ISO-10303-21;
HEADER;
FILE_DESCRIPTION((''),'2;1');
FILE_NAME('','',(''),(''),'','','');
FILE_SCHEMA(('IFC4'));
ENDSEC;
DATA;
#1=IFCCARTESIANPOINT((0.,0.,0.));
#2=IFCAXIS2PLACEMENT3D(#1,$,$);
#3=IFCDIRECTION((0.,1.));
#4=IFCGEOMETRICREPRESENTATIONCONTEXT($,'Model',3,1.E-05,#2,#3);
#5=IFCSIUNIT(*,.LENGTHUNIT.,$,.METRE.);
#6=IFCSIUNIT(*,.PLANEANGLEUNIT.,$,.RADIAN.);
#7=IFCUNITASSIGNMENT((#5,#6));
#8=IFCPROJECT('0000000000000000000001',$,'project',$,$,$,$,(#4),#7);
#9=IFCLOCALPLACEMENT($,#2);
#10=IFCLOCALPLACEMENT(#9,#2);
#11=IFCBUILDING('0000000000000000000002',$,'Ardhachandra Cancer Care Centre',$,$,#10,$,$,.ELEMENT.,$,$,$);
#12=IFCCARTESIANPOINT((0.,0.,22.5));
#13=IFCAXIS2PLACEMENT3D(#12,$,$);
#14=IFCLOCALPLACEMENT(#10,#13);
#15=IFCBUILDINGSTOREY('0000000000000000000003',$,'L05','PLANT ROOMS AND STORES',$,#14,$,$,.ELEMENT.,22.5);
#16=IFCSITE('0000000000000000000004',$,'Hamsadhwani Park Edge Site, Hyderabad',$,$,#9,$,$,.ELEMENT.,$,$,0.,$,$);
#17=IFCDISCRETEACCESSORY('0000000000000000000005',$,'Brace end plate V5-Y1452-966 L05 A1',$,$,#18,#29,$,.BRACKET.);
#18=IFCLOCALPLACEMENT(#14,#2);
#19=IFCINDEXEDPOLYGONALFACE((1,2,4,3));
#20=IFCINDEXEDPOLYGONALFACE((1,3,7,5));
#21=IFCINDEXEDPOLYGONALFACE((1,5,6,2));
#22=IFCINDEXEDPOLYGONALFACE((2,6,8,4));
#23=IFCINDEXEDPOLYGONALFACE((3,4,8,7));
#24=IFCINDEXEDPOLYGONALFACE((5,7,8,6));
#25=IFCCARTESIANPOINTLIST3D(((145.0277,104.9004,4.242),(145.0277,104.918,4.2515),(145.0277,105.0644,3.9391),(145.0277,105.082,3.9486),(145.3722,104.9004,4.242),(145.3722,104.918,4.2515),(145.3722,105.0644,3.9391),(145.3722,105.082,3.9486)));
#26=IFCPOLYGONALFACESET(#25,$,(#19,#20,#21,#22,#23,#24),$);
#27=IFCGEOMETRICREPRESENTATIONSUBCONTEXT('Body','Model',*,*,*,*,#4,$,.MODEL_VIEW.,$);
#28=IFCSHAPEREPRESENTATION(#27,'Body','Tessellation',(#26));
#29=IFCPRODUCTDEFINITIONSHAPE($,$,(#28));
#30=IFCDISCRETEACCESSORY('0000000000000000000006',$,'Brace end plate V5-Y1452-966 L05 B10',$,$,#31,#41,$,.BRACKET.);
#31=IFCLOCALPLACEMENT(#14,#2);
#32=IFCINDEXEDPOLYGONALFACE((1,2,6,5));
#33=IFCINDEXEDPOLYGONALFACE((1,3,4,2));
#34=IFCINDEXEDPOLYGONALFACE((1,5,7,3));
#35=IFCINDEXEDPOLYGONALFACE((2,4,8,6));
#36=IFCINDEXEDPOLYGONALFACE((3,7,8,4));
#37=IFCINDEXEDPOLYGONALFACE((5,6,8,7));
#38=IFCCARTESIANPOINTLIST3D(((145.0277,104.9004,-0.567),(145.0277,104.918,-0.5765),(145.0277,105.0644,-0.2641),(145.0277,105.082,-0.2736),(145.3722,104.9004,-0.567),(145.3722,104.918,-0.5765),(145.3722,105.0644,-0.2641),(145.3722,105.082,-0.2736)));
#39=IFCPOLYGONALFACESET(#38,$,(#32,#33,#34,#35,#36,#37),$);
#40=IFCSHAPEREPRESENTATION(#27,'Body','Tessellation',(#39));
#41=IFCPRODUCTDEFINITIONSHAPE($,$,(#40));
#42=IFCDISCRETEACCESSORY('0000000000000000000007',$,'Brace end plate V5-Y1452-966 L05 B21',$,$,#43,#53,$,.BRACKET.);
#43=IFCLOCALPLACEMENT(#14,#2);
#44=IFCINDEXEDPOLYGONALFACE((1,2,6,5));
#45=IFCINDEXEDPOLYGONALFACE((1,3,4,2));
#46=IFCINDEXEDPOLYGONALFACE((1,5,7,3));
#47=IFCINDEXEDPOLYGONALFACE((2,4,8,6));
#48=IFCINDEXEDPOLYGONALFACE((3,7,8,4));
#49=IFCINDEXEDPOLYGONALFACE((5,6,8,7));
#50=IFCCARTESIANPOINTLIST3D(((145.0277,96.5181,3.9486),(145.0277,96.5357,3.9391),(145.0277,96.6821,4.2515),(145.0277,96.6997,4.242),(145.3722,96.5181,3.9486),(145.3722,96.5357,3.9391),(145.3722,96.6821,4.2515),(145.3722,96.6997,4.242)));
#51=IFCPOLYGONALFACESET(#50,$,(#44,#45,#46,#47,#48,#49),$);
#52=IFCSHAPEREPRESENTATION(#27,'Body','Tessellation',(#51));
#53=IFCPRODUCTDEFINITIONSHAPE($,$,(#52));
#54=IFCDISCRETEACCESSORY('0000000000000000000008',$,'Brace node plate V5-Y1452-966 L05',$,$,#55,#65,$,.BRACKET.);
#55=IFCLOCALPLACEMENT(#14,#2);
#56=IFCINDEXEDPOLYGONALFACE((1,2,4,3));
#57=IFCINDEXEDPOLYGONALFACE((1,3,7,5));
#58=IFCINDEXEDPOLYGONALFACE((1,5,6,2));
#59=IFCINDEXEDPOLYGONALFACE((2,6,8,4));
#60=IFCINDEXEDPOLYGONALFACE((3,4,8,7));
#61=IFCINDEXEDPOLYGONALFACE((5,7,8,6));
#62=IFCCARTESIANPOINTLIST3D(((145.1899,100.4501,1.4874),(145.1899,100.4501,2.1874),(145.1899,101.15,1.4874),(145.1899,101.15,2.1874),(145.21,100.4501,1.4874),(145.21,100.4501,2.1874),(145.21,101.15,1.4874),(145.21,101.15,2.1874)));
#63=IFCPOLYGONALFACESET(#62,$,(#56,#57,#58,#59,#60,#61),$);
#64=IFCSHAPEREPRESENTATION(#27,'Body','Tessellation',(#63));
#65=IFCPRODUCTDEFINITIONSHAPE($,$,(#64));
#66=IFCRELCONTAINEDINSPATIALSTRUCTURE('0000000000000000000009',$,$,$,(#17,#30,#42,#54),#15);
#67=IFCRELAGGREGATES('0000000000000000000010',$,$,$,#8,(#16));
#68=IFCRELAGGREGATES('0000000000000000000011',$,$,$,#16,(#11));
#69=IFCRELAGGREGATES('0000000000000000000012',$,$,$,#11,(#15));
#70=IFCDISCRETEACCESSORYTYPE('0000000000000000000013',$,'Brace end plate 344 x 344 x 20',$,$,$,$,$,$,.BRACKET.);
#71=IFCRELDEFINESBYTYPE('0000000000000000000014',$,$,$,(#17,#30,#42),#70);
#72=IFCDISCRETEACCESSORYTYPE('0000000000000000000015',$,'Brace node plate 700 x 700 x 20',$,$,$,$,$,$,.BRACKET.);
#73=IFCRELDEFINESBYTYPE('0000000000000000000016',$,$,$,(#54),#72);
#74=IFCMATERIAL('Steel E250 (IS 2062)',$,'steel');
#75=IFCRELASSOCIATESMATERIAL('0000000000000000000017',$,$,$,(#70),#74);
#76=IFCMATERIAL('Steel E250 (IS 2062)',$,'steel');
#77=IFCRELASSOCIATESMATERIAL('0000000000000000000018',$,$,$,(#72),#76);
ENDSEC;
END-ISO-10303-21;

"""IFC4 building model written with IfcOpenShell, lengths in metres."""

from ifc_helpers import new_model, si_unit, direction, frame, origin, origin_2d, place, context, subcontext, project, spatial, rectangle, extrude, material, material_profile, profile_set, type_object, element, save


model = new_model("IFC4")

# Units and contexts
model_context = context("Model", 3, precision=1e-05, world=origin(), true_north=direction((0.0, 1.0)))
body_context = subcontext(model_context, "Body", "Model", "MODEL_VIEW")
ifc_project = project(units=[si_unit("LENGTHUNIT", "METRE"), si_unit("PLANEANGLEUNIT", "RADIAN")], contexts=[model_context])

# Site, building, storey
site_placement = place(None, origin())
site = spatial("IfcSite", under=ifc_project, at=site_placement, Name="Hamsadhwani Park Edge Site, Hyderabad", CompositionType="ELEMENT", RefElevation=0.0)
building_placement = place(site_placement, origin())
building = spatial("IfcBuilding", under=site, at=building_placement, Name="Ardhachandra Cancer Care Centre", CompositionType="ELEMENT")
storey_placement = place(building_placement, frame((0.0, 0.0, 22.5)))
storey = spatial("IfcBuildingStorey", under=building, at=storey_placement, Name="L05", Description="PLANT ROOMS AND STORES", CompositionType="ELEMENT", Elevation=22.5)

# Discrete accessories
ifc_material_1 = material(Name="Steel E250 (IS 2062)", Category="steel")
ifc_material_profile_1 = material_profile(ifc_material_1, rectangle(XDim=0.3445, YDim=0.3445, at=origin_2d()), Name="PL 344x344x20")
ifc_profile_set_1 = profile_set([ifc_material_profile_1], Name="Steel E250 (IS 2062)")
discrete_accessory_type_1 = type_object("IfcDiscreteAccessoryType", Name="Brace end plate 344 x 344 x 20", PredefinedType="BRACKET", material=ifc_profile_set_1)
for number, where, z_axis, x_axis, name in (
    (1, (145.2, 105.0, 4.1001), (0.0, -0.879292, -0.476283), (1.0, 0.0, 0.0), "Brace end plate V5-Y1452-966 L05 A1"),
    (2, (145.2, 105.0, -0.425), (0.0, -0.879292, 0.476283), (1.0, 0.0, 0.0), "Brace end plate V5-Y1452-966 L05 B10"),
    (3, (145.2, 96.6001, 4.1001), (0.0, 0.879292, -0.476283), (-1.0, 0.0, 0.0), "Brace end plate V5-Y1452-966 L05 B21"),
):
    element("IfcDiscreteAccessory", number, at=place(storey_placement, frame(where, z_axis=z_axis, x_axis=x_axis)), inside=storey, type_object=discrete_accessory_type_1, Name=name, PredefinedType="BRACKET", context=body_context, shape_type="SweptSolid", body=[
        extrude(rectangle(XDim=0.3445, YDim=0.3445, at=origin_2d()), origin(), (0.0, 0.0, 1.0), 0.02),
    ])
ifc_material_2 = material(Name="Steel E250 (IS 2062)", Category="steel")
ifc_material_profile_2 = material_profile(ifc_material_2, rectangle(XDim=0.7, YDim=0.7, at=origin_2d()), Name="PL 700x700x20")
ifc_profile_set_2 = profile_set([ifc_material_profile_2], Name="Steel E250 (IS 2062)")
discrete_accessory_type_2 = type_object("IfcDiscreteAccessoryType", Name="Brace node plate 700 x 700 x 20", PredefinedType="BRACKET", material=ifc_profile_set_2)
discrete_accessory_placement = place(storey_placement, frame((145.1899, 100.8, 1.8374), z_axis=(1.0, 0.0, 0.0), x_axis=(0.0, 1.0, 0.0)))
element("IfcDiscreteAccessory", 4, at=discrete_accessory_placement, inside=storey, type_object=discrete_accessory_type_2, Name="Brace node plate V5-Y1452-966 L05", PredefinedType="BRACKET", context=body_context, shape_type="SweptSolid", body=[
    extrude(rectangle(XDim=0.7, YDim=0.7, at=origin_2d()), origin(), (0.0, 0.0, 1.0), 0.02),
])

save(model, "model.ifc")
